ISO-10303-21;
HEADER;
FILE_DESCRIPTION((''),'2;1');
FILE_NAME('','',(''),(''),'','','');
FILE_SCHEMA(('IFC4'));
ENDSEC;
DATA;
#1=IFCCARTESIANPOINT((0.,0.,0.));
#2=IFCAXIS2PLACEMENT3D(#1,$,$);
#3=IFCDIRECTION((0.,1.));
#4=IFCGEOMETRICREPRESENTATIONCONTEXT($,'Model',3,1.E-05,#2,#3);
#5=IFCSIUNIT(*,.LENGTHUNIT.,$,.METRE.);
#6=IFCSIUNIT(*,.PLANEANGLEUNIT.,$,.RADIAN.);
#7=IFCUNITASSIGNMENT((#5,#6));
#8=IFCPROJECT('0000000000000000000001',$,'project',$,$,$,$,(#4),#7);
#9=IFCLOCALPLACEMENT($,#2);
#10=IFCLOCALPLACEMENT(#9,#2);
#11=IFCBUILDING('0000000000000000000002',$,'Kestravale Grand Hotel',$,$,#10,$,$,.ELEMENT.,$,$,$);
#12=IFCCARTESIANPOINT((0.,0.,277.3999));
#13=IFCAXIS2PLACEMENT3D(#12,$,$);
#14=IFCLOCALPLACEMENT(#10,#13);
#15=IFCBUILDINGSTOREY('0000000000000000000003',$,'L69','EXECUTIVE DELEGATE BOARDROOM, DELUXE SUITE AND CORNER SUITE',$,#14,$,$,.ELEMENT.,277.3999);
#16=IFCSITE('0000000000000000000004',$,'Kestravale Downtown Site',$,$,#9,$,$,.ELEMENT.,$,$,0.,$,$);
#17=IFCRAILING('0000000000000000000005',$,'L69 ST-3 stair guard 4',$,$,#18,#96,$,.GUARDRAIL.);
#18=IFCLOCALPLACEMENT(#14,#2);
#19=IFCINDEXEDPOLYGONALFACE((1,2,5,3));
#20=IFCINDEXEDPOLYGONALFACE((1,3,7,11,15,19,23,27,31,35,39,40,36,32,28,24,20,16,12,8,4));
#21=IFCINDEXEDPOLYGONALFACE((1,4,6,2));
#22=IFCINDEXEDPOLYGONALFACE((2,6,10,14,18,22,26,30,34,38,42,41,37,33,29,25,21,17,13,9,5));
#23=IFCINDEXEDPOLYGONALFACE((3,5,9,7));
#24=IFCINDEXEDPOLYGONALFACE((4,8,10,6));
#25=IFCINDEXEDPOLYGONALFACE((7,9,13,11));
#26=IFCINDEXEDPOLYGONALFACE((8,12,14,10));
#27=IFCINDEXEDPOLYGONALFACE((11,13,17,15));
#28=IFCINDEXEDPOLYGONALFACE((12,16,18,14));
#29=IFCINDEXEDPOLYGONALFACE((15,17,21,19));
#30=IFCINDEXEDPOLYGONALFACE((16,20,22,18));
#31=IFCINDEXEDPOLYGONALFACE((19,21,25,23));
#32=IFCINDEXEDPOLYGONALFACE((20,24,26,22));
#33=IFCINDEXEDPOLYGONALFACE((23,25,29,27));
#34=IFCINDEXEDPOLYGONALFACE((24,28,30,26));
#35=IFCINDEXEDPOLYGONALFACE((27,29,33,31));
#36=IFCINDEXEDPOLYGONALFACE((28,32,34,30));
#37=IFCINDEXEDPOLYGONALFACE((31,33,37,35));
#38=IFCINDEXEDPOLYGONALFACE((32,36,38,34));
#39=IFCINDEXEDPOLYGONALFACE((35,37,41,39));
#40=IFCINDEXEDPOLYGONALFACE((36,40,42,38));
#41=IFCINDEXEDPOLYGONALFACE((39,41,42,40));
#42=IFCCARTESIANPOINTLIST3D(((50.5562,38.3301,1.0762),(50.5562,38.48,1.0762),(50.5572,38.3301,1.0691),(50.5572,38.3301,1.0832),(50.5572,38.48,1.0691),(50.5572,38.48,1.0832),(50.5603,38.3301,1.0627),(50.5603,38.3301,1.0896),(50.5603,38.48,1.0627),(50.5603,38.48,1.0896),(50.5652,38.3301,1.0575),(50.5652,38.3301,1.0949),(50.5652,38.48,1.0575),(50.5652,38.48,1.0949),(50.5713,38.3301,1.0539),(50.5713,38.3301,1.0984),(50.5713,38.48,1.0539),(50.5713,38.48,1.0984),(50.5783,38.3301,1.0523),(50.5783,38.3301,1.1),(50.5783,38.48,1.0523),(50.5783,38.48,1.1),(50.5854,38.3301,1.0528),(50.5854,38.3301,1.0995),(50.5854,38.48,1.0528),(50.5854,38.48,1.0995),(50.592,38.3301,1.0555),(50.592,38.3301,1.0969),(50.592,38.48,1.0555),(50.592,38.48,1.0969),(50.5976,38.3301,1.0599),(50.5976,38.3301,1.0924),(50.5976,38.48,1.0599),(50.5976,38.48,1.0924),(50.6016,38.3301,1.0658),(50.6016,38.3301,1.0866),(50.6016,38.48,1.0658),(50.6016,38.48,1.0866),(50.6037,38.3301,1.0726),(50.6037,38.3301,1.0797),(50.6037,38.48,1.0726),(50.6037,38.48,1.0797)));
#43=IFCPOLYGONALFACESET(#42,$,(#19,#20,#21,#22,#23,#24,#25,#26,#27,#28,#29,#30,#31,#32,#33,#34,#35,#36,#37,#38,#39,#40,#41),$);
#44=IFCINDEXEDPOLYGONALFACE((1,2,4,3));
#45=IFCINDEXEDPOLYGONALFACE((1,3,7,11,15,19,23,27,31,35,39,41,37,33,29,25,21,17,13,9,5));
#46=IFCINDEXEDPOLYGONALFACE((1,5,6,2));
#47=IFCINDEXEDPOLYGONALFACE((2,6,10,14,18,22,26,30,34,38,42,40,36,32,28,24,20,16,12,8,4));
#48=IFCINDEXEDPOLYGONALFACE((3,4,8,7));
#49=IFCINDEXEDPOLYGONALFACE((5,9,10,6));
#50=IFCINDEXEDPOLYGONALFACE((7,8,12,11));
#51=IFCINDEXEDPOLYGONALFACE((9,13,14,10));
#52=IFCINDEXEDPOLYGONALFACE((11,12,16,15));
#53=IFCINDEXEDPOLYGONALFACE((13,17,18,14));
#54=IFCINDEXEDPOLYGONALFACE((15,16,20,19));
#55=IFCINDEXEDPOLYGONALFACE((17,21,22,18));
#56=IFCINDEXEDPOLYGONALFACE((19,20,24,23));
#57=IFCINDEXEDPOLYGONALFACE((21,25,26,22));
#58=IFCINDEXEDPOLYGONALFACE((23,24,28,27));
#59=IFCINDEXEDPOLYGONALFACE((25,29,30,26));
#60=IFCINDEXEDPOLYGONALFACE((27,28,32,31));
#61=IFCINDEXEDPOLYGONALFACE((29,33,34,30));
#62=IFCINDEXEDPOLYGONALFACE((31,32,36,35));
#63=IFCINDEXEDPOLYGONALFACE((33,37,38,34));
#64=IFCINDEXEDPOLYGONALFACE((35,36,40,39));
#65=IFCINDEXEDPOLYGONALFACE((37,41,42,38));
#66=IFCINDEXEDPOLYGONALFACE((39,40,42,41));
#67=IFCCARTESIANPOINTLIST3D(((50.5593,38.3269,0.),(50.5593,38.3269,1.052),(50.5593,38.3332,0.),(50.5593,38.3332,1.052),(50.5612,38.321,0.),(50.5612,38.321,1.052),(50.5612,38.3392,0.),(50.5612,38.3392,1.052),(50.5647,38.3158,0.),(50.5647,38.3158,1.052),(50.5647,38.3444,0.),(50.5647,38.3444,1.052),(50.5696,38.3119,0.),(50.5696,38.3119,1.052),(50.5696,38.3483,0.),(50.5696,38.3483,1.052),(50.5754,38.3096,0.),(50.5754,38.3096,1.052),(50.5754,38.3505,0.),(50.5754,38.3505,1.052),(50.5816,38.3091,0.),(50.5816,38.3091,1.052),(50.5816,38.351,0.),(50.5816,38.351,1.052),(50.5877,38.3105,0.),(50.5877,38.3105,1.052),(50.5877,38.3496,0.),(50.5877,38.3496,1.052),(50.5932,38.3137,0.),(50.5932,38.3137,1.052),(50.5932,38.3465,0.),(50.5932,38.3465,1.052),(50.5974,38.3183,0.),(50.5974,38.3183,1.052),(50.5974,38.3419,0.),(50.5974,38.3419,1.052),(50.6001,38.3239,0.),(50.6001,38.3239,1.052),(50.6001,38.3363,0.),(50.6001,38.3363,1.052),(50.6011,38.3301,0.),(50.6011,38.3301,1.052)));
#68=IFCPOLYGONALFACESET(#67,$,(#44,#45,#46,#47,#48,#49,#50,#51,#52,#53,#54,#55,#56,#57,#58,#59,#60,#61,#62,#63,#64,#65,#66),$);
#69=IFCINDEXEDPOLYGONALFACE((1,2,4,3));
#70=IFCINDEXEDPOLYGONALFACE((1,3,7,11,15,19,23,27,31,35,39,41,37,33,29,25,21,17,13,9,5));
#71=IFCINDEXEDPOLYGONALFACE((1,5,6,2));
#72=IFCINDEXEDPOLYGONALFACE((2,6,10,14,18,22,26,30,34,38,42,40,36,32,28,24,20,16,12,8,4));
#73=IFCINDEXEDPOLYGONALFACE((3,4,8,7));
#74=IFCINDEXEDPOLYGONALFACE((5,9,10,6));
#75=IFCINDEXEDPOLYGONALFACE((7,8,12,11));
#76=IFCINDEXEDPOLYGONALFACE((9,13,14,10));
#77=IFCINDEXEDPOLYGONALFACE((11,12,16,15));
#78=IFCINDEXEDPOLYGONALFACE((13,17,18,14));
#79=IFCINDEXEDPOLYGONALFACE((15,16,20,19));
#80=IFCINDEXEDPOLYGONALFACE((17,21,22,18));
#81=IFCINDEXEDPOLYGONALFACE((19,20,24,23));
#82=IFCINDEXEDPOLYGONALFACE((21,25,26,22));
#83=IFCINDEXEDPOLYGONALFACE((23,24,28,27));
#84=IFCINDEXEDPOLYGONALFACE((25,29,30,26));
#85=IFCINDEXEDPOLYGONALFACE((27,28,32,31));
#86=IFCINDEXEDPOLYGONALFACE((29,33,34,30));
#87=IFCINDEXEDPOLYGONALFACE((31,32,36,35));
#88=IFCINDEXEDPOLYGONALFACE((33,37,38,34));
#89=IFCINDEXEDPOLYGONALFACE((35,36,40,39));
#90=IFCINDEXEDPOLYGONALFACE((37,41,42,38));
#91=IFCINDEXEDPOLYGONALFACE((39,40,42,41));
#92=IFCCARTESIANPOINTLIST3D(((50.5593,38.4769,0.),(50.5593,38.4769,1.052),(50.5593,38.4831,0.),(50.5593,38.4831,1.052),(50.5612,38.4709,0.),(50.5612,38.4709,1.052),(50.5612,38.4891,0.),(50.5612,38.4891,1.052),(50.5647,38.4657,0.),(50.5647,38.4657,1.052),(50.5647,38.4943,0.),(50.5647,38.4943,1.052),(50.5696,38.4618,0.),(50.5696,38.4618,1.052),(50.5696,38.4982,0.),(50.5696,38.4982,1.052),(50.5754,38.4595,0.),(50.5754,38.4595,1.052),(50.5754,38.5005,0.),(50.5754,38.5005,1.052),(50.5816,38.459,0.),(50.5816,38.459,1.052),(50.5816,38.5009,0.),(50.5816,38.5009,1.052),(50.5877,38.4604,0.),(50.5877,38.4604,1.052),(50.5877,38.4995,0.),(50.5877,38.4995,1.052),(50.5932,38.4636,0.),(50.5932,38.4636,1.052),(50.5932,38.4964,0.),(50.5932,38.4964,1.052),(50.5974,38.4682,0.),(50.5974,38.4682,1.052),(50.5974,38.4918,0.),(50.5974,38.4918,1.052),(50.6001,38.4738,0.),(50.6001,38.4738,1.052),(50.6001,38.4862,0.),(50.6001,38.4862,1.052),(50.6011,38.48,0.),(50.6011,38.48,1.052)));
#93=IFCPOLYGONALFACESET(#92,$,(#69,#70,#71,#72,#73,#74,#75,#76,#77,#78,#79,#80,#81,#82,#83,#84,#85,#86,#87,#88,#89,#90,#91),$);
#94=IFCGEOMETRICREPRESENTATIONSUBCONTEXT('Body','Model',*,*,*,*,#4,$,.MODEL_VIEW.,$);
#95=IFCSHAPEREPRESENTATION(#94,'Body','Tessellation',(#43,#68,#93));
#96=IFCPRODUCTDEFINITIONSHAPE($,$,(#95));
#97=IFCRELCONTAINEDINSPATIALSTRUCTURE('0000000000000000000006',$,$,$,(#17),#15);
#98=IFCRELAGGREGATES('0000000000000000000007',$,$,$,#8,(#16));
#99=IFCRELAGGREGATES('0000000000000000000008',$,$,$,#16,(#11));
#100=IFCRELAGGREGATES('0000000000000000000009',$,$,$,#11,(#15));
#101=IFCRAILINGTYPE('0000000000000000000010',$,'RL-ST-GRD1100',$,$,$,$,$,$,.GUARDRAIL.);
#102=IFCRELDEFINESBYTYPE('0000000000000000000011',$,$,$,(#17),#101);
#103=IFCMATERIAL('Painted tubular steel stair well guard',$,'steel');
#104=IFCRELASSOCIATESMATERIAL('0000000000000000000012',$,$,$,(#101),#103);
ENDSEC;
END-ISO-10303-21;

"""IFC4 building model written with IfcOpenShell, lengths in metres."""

from ifc_helpers import new_model, si_unit, direction, frame, origin, origin_2d, place, context, subcontext, project, spatial, circle, extrude, material, type_object, element, save


model = new_model("IFC4")

# Units and contexts
model_context = context("Model", 3, precision=1e-05, world=origin(), true_north=direction((0.0, 1.0)))
body_context = subcontext(model_context, "Body", "Model", "MODEL_VIEW")
ifc_project = project(units=[si_unit("LENGTHUNIT", "METRE"), si_unit("PLANEANGLEUNIT", "RADIAN")], contexts=[model_context])

# Site, building, storey
site_placement = place(None, origin())
site = spatial("IfcSite", under=ifc_project, at=site_placement, Name="Kestravale Downtown Site", CompositionType="ELEMENT", RefElevation=0.0)
building_placement = place(site_placement, origin())
building = spatial("IfcBuilding", under=site, at=building_placement, Name="Kestravale Grand Hotel", CompositionType="ELEMENT")
storey_placement = place(building_placement, frame((0.0, 0.0, 277.3999)))
storey = spatial("IfcBuildingStorey", under=building, at=storey_placement, Name="L69", Description="EXECUTIVE DELEGATE BOARDROOM, DELUXE SUITE AND CORNER SUITE", CompositionType="ELEMENT", Elevation=277.3999)

# Railing
ifc_material_1 = material(Name="Painted tubular steel stair well guard", Category="steel")
railing_type_1 = type_object("IfcRailingType", Name="RL-ST-GRD1100", PredefinedType="GUARDRAIL", material=ifc_material_1)
railing_1_placement = place(storey_placement, frame((50.5801, 38.3301, 0.0)))
element("IfcRailing", 1, at=railing_1_placement, inside=storey, type_object=railing_type_1, Name="L69 ST-3 stair guard 4", PredefinedType="GUARDRAIL", context=body_context, shape_type="SweptSolid", body=[
    extrude(circle(Radius=0.0239, at=origin_2d()), frame((0.0, 0.0, 1.0762), z_axis=(0.0, 1.0, 0.0), x_axis=(-1.0, 0.0, 0.0)), (0.0, 0.0, 1.0), 0.1499),
    extrude(circle(Radius=0.021, at=origin_2d()), origin(), (0.0, 0.0, 1.0), 1.052),
    extrude(circle(Radius=0.021, at=origin_2d()), frame((0.0, 0.1499, 0.0)), (0.0, 0.0, 1.0), 1.052),
])

save(model, "model.ifc")
